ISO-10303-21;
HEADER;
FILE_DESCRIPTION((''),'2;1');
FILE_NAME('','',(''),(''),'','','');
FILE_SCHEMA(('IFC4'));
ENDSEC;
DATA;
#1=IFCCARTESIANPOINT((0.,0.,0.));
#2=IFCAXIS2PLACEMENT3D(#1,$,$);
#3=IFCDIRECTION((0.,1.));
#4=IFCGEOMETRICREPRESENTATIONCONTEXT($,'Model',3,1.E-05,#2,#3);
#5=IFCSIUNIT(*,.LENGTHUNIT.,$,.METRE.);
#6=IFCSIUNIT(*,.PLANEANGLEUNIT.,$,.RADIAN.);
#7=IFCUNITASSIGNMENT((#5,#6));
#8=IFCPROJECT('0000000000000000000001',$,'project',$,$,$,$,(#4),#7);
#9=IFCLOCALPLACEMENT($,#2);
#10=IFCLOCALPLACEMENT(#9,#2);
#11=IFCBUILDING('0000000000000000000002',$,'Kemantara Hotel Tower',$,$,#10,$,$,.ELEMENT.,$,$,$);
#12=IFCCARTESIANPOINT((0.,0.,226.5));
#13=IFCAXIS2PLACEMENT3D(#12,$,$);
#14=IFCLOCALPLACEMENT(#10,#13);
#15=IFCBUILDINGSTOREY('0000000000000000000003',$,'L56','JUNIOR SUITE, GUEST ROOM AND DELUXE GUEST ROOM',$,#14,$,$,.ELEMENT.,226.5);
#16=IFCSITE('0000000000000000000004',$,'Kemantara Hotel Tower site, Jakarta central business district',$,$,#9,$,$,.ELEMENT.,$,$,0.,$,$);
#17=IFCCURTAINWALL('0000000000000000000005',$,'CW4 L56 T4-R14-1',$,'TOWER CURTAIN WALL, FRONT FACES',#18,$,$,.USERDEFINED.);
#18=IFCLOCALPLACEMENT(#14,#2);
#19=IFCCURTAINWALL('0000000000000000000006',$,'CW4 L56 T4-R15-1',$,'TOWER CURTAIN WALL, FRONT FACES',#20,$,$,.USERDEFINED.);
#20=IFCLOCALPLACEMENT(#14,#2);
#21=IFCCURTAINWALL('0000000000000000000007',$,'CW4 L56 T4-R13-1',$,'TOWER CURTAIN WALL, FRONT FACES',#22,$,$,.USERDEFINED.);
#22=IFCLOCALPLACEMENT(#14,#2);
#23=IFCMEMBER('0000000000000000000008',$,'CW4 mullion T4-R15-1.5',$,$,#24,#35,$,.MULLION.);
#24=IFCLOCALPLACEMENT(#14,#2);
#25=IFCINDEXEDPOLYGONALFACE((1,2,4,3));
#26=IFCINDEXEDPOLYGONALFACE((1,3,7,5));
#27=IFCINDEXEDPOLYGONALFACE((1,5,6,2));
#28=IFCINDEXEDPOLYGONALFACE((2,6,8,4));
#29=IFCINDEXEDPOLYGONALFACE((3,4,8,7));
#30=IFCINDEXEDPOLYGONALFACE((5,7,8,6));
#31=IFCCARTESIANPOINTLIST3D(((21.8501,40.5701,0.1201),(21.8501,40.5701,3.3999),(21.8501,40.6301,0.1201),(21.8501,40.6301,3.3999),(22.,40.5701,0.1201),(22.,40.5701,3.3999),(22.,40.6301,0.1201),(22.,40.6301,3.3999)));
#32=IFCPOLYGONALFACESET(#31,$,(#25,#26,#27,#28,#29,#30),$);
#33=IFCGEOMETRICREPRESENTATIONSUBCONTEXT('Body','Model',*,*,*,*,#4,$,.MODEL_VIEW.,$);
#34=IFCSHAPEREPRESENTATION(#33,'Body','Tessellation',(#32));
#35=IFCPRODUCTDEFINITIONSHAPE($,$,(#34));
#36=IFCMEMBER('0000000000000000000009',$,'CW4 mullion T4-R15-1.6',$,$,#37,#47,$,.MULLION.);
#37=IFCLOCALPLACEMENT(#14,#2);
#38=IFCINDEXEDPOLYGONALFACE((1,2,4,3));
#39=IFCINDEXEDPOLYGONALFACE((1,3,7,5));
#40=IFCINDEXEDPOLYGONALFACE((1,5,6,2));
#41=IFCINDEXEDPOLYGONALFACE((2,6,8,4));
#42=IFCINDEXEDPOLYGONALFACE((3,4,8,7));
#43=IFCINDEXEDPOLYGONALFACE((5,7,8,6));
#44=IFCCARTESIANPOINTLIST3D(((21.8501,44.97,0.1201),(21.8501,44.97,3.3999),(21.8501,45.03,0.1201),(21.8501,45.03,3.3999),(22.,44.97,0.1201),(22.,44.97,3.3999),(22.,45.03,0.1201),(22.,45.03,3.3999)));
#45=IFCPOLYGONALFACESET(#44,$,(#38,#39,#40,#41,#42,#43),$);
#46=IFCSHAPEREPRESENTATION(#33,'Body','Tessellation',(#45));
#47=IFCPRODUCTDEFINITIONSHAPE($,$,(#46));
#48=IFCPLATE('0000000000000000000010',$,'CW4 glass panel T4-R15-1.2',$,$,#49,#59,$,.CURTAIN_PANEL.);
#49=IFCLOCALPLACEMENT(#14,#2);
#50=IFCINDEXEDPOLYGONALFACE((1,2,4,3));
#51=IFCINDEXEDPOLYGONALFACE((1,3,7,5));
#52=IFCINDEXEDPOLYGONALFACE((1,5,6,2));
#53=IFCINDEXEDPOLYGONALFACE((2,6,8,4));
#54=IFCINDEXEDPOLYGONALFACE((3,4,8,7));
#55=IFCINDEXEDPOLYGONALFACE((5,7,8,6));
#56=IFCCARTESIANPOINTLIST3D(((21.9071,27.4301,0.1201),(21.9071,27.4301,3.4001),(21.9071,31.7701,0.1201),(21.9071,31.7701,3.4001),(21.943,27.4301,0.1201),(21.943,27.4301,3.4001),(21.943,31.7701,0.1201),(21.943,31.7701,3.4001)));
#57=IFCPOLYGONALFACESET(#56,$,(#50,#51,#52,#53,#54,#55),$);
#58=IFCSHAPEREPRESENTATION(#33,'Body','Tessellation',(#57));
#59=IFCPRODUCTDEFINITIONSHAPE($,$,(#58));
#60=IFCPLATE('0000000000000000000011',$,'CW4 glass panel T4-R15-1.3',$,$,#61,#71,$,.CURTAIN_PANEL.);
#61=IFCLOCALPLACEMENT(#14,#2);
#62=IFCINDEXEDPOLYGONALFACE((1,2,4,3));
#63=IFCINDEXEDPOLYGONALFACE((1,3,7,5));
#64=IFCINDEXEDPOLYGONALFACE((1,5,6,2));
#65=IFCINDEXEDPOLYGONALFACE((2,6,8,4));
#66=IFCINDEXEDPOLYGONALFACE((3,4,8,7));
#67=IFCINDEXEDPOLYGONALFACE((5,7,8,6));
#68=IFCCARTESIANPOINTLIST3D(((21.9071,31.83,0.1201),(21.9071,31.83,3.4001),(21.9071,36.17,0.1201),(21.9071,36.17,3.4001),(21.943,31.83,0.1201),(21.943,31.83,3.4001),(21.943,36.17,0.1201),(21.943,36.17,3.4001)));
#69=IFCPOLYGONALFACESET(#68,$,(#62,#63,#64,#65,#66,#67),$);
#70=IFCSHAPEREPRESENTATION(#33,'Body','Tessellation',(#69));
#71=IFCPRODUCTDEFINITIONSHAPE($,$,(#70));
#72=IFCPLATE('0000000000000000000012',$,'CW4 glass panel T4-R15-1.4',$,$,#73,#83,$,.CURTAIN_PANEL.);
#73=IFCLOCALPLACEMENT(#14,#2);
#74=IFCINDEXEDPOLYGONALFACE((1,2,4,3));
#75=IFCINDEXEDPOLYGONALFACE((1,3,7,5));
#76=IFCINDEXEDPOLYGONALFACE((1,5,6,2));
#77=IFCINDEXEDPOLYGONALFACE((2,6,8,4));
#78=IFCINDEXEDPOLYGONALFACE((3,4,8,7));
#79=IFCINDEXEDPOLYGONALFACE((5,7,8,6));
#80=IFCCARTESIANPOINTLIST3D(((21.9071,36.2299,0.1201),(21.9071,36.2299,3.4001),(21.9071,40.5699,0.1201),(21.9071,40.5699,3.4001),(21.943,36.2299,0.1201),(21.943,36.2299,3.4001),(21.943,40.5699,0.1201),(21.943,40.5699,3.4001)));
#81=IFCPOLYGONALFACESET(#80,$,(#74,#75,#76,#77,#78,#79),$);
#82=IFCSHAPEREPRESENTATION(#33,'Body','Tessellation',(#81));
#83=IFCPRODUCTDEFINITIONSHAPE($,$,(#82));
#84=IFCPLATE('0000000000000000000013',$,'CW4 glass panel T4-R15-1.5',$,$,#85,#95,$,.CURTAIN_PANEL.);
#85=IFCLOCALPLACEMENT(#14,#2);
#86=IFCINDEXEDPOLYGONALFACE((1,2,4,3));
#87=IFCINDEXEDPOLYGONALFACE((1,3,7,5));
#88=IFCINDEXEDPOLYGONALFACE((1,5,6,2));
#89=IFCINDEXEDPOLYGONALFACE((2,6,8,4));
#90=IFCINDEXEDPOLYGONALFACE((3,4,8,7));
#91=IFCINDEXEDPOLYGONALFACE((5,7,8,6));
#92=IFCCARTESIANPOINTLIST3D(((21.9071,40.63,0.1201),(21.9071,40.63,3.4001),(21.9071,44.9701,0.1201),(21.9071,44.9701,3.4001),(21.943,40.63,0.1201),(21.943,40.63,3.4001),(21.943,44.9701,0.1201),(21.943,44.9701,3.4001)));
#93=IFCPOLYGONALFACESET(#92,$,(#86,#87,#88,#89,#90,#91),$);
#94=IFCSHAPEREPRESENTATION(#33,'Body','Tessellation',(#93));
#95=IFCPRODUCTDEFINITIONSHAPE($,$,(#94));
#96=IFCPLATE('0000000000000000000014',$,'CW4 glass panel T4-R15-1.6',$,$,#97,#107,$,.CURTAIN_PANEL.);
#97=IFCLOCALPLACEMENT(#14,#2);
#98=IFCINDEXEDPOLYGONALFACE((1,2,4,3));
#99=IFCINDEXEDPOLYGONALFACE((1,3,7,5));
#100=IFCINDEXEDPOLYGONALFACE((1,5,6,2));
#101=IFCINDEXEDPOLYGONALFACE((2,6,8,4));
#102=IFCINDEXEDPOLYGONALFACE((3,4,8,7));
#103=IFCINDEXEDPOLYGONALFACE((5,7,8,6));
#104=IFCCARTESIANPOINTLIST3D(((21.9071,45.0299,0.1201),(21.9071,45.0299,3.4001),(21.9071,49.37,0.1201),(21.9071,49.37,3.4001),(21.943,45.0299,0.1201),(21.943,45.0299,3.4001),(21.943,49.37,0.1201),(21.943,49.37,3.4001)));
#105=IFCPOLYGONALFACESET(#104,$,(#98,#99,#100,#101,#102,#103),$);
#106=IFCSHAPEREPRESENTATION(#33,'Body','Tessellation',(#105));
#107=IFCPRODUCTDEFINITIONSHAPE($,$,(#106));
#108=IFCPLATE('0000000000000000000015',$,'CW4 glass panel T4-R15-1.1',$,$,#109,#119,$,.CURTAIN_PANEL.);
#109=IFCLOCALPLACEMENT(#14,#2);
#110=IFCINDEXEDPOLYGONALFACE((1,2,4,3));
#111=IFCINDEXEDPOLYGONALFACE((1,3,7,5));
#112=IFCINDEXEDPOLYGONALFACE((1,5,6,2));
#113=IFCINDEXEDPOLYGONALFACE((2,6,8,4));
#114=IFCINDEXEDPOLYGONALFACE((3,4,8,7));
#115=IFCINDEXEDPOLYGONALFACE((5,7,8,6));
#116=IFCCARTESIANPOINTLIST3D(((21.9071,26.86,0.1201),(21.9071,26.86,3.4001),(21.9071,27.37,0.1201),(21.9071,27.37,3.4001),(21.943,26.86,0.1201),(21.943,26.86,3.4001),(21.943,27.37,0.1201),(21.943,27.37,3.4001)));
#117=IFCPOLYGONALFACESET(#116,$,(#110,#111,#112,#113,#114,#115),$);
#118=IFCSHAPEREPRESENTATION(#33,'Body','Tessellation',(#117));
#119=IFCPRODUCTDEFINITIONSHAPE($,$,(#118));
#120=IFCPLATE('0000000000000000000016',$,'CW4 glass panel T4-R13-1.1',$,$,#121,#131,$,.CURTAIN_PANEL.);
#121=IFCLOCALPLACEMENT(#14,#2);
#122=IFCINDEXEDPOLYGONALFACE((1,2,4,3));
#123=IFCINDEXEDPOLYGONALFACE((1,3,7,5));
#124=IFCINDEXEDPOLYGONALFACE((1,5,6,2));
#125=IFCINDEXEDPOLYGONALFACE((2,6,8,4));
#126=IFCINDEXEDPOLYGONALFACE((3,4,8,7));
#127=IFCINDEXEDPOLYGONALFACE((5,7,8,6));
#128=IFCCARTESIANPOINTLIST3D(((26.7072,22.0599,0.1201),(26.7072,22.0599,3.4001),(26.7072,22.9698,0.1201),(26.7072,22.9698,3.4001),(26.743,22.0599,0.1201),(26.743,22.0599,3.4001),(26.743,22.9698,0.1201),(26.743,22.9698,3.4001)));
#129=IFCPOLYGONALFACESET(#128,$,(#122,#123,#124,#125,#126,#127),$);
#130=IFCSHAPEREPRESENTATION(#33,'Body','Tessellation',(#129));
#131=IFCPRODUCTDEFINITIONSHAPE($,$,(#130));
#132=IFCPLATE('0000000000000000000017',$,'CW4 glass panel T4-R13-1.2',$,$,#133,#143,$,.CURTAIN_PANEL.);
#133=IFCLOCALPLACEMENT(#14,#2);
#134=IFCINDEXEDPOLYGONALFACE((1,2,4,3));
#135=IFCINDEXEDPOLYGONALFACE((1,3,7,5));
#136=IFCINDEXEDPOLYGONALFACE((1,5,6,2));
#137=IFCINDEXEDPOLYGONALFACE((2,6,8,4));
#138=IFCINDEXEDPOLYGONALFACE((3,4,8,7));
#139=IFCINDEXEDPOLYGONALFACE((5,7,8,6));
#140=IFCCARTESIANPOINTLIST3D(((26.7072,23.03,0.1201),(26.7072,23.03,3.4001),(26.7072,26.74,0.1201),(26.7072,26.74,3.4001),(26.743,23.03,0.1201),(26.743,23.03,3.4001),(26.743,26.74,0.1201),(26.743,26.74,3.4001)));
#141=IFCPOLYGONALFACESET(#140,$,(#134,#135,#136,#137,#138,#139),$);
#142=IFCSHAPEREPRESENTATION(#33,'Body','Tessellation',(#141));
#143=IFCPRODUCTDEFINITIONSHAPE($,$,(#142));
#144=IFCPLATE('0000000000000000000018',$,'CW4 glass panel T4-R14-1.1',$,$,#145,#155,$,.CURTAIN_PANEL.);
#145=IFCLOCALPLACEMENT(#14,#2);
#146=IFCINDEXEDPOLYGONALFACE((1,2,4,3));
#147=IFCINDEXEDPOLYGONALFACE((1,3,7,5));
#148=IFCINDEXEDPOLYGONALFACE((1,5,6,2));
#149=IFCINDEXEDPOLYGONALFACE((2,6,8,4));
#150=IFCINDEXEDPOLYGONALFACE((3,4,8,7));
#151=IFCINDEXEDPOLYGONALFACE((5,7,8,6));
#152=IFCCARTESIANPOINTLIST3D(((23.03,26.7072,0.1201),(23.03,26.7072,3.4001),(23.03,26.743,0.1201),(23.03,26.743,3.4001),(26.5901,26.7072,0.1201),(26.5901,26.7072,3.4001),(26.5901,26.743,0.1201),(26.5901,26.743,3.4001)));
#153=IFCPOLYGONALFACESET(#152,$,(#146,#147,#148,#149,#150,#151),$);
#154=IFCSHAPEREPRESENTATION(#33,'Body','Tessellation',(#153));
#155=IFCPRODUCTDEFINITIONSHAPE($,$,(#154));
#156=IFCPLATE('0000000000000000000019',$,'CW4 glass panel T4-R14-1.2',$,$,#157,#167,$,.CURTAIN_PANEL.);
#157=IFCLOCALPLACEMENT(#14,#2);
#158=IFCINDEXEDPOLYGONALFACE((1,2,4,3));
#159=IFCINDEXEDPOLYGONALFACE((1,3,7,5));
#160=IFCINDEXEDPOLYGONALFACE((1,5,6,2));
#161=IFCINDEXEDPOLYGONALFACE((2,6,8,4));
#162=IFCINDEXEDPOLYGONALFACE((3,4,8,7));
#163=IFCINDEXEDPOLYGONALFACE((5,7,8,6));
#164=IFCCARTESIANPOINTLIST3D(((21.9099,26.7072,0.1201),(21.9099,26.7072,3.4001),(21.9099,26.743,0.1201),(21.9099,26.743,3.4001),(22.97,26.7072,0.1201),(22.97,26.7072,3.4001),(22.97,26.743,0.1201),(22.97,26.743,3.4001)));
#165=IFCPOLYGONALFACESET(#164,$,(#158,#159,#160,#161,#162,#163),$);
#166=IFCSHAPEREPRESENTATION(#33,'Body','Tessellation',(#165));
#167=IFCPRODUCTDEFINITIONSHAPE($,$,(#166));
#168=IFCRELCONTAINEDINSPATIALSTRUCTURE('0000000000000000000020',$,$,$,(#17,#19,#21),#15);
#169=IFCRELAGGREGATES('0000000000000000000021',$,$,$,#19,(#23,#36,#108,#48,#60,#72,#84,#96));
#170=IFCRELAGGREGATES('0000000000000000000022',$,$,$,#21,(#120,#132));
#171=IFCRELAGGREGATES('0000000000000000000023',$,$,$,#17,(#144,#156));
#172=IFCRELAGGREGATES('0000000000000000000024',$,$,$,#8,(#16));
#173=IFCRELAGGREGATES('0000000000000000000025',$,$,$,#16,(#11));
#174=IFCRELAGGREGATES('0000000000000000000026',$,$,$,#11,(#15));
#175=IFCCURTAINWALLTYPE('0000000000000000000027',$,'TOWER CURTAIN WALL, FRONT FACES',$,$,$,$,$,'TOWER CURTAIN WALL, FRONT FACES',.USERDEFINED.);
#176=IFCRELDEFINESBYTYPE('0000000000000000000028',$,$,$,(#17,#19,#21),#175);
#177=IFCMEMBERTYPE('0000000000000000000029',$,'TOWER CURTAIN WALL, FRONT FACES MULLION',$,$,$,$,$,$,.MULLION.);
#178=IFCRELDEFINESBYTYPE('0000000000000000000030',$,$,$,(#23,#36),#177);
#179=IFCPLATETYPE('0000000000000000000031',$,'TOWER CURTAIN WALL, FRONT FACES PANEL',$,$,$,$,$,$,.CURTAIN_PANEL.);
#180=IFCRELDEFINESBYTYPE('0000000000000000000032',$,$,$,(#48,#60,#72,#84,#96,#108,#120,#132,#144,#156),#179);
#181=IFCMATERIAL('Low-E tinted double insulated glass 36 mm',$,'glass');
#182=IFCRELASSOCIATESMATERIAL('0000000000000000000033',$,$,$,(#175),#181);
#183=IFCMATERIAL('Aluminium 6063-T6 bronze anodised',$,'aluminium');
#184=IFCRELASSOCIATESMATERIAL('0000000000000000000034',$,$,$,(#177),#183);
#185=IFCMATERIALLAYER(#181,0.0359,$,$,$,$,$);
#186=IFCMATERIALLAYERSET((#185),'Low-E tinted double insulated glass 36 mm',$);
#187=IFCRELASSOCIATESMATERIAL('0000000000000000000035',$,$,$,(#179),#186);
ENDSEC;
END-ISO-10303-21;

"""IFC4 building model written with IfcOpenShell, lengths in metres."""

from ifc_helpers import new_model, si_unit, direction, frame, origin, origin_2d, place, context, subcontext, project, spatial, rectangle, extrude, source, transform, mapped, material, layer, layer_set, material_profile, profile_set, type_object, element, aggregate, save


model = new_model("IFC4")

# Units and contexts
model_context = context("Model", 3, precision=1e-05, world=origin(), true_north=direction((0.0, 1.0)))
body_context = subcontext(model_context, "Body", "Model", "MODEL_VIEW")
ifc_project = project(units=[si_unit("LENGTHUNIT", "METRE"), si_unit("PLANEANGLEUNIT", "RADIAN")], contexts=[model_context])

# Site, building, storey
site_placement = place(None, origin())
site = spatial("IfcSite", under=ifc_project, at=site_placement, Name="Kemantara Hotel Tower site, Jakarta central business district", CompositionType="ELEMENT", RefElevation=0.0)
building_placement = place(site_placement, origin())
building = spatial("IfcBuilding", under=site, at=building_placement, Name="Kemantara Hotel Tower", CompositionType="ELEMENT")
storey_placement = place(building_placement, frame((0.0, 0.0, 226.5)))
storey = spatial("IfcBuildingStorey", under=building, at=storey_placement, Name="L56", Description="JUNIOR SUITE, GUEST ROOM AND DELUXE GUEST ROOM", CompositionType="ELEMENT", Elevation=226.5)

# Curtain walls
ifc_material_1 = material(Name="Low-E tinted double insulated glass 36 mm", Category="glass")
curtain_wall_type = type_object("IfcCurtainWallType", Name="TOWER CURTAIN WALL, FRONT FACES", ElementType="TOWER CURTAIN WALL, FRONT FACES", PredefinedType="USERDEFINED", material=ifc_material_1)
curtain_wall_1_placement = place(storey_placement, origin())
curtain_wall_1 = element("IfcCurtainWall", 1, at=curtain_wall_1_placement, inside=storey, type_object=curtain_wall_type, Name="CW4 L56 T4-R14-1", ObjectType="TOWER CURTAIN WALL, FRONT FACES", PredefinedType="USERDEFINED")
ifc_material_2 = material(Name="Aluminium 6063-T6 bronze anodised", Category="aluminium")
curtain_wall_2_placement = place(storey_placement, origin())
curtain_wall_2 = element("IfcCurtainWall", 2, at=curtain_wall_2_placement, inside=storey, type_object=curtain_wall_type, Name="CW4 L56 T4-R15-1", ObjectType="TOWER CURTAIN WALL, FRONT FACES", PredefinedType="USERDEFINED")

# Curtain wall
curtain_wall_3_placement = place(storey_placement, origin())
curtain_wall_3 = element("IfcCurtainWall", 3, at=curtain_wall_3_placement, inside=storey, type_object=curtain_wall_type, Name="CW4 L56 T4-R13-1", ObjectType="TOWER CURTAIN WALL, FRONT FACES", PredefinedType="USERDEFINED")
ifc_material_profile_1 = material_profile(ifc_material_2, rectangle(XDim=0.1499, YDim=0.0601, at=origin_2d()), Name="TOWER CURTAIN WALL, FRONT FACES MULLION")
ifc_profile_set_1 = profile_set([ifc_material_profile_1], Name="Aluminium 6063-T6 bronze anodised")
member_type_1 = type_object("IfcMemberType", Name="TOWER CURTAIN WALL, FRONT FACES MULLION", PredefinedType="MULLION", material=ifc_profile_set_1)
shared_shape_1 = source(origin(), body_context, "Body", "SweptSolid", [
    extrude(rectangle(XDim=0.1499, YDim=0.0601, at=origin_2d()), origin(), (0.0, 0.0, 1.0), 3.2798),
])

# Members
member_1_placement = place(storey_placement, frame((21.925, 40.6001, 0.1201), z_axis=(0.0, 0.0, 1.0), x_axis=(-1.0, 0.0, 0.0)))
member_1 = element("IfcMember", 4, at=member_1_placement, type_object=member_type_1, Name="CW4 mullion T4-R15-1.5", PredefinedType="MULLION", context=body_context, shape_type="MappedRepresentation", body=[
    mapped(shared_shape_1, transform((0.0, 0.0, 0.0))),
])
member_2_placement = place(storey_placement, frame((21.925, 45.0, 0.1201), z_axis=(0.0, 0.0, 1.0), x_axis=(-1.0, 0.0, 0.0)))
member_2 = element("IfcMember", 5, at=member_2_placement, type_object=member_type_1, Name="CW4 mullion T4-R15-1.6", PredefinedType="MULLION", context=body_context, shape_type="MappedRepresentation", body=[
    mapped(shared_shape_1, transform((0.0, 0.0, 0.0))),
])

# Plates
ifc_layer_1 = layer(ifc_material_1, 0.0359)
ifc_layer_set_1 = layer_set([ifc_layer_1], Name="Low-E tinted double insulated glass 36 mm")
plate_type = type_object("IfcPlateType", Name="TOWER CURTAIN WALL, FRONT FACES PANEL", PredefinedType="CURTAIN_PANEL", material=ifc_layer_set_1)
shared_shape_2 = source(origin(), body_context, "Body", "SweptSolid", [
    extrude(rectangle(XDim=4.3401, YDim=0.0359, at=origin_2d()), origin(), (0.0, 0.0, 1.0), 3.28),
])
plate_1_placement = place(storey_placement, frame((21.925, 29.6001, 0.1201), z_axis=(0.0, 0.0, 1.0), x_axis=(0.0, 1.0, 0.0)))
plate_1 = element("IfcPlate", 6, at=plate_1_placement, type_object=plate_type, Name="CW4 glass panel T4-R15-1.2", PredefinedType="CURTAIN_PANEL", context=body_context, shape_type="MappedRepresentation", body=[
    mapped(shared_shape_2, transform((0.0, 0.0, 0.0))),
])
plate_2_placement = place(storey_placement, frame((21.925, 34.0, 0.1201), z_axis=(0.0, 0.0, 1.0), x_axis=(0.0, 1.0, 0.0)))
plate_2 = element("IfcPlate", 7, at=plate_2_placement, type_object=plate_type, Name="CW4 glass panel T4-R15-1.3", PredefinedType="CURTAIN_PANEL", context=body_context, shape_type="MappedRepresentation", body=[
    mapped(shared_shape_2, transform((0.0, 0.0, 0.0))),
])
plate_3_placement = place(storey_placement, frame((21.925, 38.3999, 0.1201), z_axis=(0.0, 0.0, 1.0), x_axis=(0.0, 1.0, 0.0)))
plate_3 = element("IfcPlate", 8, at=plate_3_placement, type_object=plate_type, Name="CW4 glass panel T4-R15-1.4", PredefinedType="CURTAIN_PANEL", context=body_context, shape_type="MappedRepresentation", body=[
    mapped(shared_shape_2, transform((0.0, 0.0, 0.0))),
])
plate_4_placement = place(storey_placement, frame((21.925, 42.8, 0.1201), z_axis=(0.0, 0.0, 1.0), x_axis=(0.0, 1.0, 0.0)))
plate_4 = element("IfcPlate", 9, at=plate_4_placement, type_object=plate_type, Name="CW4 glass panel T4-R15-1.5", PredefinedType="CURTAIN_PANEL", context=body_context, shape_type="MappedRepresentation", body=[
    mapped(shared_shape_2, transform((0.0, 0.0, 0.0))),
])
plate_5_placement = place(storey_placement, frame((21.925, 47.2, 0.1201), z_axis=(0.0, 0.0, 1.0), x_axis=(0.0, 1.0, 0.0)))
plate_5 = element("IfcPlate", 10, at=plate_5_placement, type_object=plate_type, Name="CW4 glass panel T4-R15-1.6", PredefinedType="CURTAIN_PANEL", context=body_context, shape_type="MappedRepresentation", body=[
    mapped(shared_shape_2, transform((0.0, 0.0, 0.0))),
])
shared_shape_3 = source(origin(), body_context, "Body", "SweptSolid", [
    extrude(rectangle(XDim=0.51, YDim=0.0359, at=origin_2d()), origin(), (0.0, 0.0, 1.0), 3.28),
])
plate_6_placement = place(storey_placement, frame((21.925, 27.115, 0.1201), z_axis=(0.0, 0.0, 1.0), x_axis=(0.0, 1.0, 0.0)))
plate_6 = element("IfcPlate", 11, at=plate_6_placement, type_object=plate_type, Name="CW4 glass panel T4-R15-1.1", PredefinedType="CURTAIN_PANEL", context=body_context, shape_type="MappedRepresentation", body=[
    mapped(shared_shape_3, transform((0.0, 0.0, 0.0))),
])
aggregate(curtain_wall_2, [member_1, member_2, plate_6, plate_1, plate_2, plate_3, plate_4, plate_5])
shared_shape_4 = source(origin(), body_context, "Body", "SweptSolid", [
    extrude(rectangle(XDim=0.9099, YDim=0.0359, at=origin_2d()), origin(), (0.0, 0.0, 1.0), 3.28),
])
plate_7_placement = place(storey_placement, frame((26.7251, 22.5149, 0.1201), z_axis=(0.0, 0.0, 1.0), x_axis=(0.0, 1.0, 0.0)))
plate_7 = element("IfcPlate", 12, at=plate_7_placement, type_object=plate_type, Name="CW4 glass panel T4-R13-1.1", PredefinedType="CURTAIN_PANEL", context=body_context, shape_type="MappedRepresentation", body=[
    mapped(shared_shape_4, transform((0.0, 0.0, 0.0))),
])
shared_shape_5 = source(origin(), body_context, "Body", "SweptSolid", [
    extrude(rectangle(XDim=3.71, YDim=0.0359, at=origin_2d()), origin(), (0.0, 0.0, 1.0), 3.28),
])
plate_8_placement = place(storey_placement, frame((26.7251, 24.885, 0.1201), z_axis=(0.0, 0.0, 1.0), x_axis=(0.0, 1.0, 0.0)))
plate_8 = element("IfcPlate", 13, at=plate_8_placement, type_object=plate_type, Name="CW4 glass panel T4-R13-1.2", PredefinedType="CURTAIN_PANEL", context=body_context, shape_type="MappedRepresentation", body=[
    mapped(shared_shape_5, transform((0.0, 0.0, 0.0))),
])
aggregate(curtain_wall_3, [plate_7, plate_8])
shared_shape_6 = source(origin(), body_context, "Body", "SweptSolid", [
    extrude(rectangle(XDim=3.5601, YDim=0.0359, at=origin_2d()), origin(), (0.0, 0.0, 1.0), 3.28),
])
plate_9_placement = place(storey_placement, frame((24.8101, 26.7251, 0.1201), z_axis=(0.0, 0.0, 1.0), x_axis=(-1.0, 0.0, 0.0)))
plate_9 = element("IfcPlate", 14, at=plate_9_placement, type_object=plate_type, Name="CW4 glass panel T4-R14-1.1", PredefinedType="CURTAIN_PANEL", context=body_context, shape_type="MappedRepresentation", body=[
    mapped(shared_shape_6, transform((0.0, 0.0, 0.0))),
])
shared_shape_7 = source(origin(), body_context, "Body", "SweptSolid", [
    extrude(rectangle(XDim=1.0601, YDim=0.0359, at=origin_2d()), origin(), (0.0, 0.0, 1.0), 3.28),
])
plate_10_placement = place(storey_placement, frame((22.4399, 26.7251, 0.1201), z_axis=(0.0, 0.0, 1.0), x_axis=(-1.0, 0.0, 0.0)))
plate_10 = element("IfcPlate", 15, at=plate_10_placement, type_object=plate_type, Name="CW4 glass panel T4-R14-1.2", PredefinedType="CURTAIN_PANEL", context=body_context, shape_type="MappedRepresentation", body=[
    mapped(shared_shape_7, transform((0.0, 0.0, 0.0))),
])
aggregate(curtain_wall_1, [plate_9, plate_10])

save(model, "model.ifc")
